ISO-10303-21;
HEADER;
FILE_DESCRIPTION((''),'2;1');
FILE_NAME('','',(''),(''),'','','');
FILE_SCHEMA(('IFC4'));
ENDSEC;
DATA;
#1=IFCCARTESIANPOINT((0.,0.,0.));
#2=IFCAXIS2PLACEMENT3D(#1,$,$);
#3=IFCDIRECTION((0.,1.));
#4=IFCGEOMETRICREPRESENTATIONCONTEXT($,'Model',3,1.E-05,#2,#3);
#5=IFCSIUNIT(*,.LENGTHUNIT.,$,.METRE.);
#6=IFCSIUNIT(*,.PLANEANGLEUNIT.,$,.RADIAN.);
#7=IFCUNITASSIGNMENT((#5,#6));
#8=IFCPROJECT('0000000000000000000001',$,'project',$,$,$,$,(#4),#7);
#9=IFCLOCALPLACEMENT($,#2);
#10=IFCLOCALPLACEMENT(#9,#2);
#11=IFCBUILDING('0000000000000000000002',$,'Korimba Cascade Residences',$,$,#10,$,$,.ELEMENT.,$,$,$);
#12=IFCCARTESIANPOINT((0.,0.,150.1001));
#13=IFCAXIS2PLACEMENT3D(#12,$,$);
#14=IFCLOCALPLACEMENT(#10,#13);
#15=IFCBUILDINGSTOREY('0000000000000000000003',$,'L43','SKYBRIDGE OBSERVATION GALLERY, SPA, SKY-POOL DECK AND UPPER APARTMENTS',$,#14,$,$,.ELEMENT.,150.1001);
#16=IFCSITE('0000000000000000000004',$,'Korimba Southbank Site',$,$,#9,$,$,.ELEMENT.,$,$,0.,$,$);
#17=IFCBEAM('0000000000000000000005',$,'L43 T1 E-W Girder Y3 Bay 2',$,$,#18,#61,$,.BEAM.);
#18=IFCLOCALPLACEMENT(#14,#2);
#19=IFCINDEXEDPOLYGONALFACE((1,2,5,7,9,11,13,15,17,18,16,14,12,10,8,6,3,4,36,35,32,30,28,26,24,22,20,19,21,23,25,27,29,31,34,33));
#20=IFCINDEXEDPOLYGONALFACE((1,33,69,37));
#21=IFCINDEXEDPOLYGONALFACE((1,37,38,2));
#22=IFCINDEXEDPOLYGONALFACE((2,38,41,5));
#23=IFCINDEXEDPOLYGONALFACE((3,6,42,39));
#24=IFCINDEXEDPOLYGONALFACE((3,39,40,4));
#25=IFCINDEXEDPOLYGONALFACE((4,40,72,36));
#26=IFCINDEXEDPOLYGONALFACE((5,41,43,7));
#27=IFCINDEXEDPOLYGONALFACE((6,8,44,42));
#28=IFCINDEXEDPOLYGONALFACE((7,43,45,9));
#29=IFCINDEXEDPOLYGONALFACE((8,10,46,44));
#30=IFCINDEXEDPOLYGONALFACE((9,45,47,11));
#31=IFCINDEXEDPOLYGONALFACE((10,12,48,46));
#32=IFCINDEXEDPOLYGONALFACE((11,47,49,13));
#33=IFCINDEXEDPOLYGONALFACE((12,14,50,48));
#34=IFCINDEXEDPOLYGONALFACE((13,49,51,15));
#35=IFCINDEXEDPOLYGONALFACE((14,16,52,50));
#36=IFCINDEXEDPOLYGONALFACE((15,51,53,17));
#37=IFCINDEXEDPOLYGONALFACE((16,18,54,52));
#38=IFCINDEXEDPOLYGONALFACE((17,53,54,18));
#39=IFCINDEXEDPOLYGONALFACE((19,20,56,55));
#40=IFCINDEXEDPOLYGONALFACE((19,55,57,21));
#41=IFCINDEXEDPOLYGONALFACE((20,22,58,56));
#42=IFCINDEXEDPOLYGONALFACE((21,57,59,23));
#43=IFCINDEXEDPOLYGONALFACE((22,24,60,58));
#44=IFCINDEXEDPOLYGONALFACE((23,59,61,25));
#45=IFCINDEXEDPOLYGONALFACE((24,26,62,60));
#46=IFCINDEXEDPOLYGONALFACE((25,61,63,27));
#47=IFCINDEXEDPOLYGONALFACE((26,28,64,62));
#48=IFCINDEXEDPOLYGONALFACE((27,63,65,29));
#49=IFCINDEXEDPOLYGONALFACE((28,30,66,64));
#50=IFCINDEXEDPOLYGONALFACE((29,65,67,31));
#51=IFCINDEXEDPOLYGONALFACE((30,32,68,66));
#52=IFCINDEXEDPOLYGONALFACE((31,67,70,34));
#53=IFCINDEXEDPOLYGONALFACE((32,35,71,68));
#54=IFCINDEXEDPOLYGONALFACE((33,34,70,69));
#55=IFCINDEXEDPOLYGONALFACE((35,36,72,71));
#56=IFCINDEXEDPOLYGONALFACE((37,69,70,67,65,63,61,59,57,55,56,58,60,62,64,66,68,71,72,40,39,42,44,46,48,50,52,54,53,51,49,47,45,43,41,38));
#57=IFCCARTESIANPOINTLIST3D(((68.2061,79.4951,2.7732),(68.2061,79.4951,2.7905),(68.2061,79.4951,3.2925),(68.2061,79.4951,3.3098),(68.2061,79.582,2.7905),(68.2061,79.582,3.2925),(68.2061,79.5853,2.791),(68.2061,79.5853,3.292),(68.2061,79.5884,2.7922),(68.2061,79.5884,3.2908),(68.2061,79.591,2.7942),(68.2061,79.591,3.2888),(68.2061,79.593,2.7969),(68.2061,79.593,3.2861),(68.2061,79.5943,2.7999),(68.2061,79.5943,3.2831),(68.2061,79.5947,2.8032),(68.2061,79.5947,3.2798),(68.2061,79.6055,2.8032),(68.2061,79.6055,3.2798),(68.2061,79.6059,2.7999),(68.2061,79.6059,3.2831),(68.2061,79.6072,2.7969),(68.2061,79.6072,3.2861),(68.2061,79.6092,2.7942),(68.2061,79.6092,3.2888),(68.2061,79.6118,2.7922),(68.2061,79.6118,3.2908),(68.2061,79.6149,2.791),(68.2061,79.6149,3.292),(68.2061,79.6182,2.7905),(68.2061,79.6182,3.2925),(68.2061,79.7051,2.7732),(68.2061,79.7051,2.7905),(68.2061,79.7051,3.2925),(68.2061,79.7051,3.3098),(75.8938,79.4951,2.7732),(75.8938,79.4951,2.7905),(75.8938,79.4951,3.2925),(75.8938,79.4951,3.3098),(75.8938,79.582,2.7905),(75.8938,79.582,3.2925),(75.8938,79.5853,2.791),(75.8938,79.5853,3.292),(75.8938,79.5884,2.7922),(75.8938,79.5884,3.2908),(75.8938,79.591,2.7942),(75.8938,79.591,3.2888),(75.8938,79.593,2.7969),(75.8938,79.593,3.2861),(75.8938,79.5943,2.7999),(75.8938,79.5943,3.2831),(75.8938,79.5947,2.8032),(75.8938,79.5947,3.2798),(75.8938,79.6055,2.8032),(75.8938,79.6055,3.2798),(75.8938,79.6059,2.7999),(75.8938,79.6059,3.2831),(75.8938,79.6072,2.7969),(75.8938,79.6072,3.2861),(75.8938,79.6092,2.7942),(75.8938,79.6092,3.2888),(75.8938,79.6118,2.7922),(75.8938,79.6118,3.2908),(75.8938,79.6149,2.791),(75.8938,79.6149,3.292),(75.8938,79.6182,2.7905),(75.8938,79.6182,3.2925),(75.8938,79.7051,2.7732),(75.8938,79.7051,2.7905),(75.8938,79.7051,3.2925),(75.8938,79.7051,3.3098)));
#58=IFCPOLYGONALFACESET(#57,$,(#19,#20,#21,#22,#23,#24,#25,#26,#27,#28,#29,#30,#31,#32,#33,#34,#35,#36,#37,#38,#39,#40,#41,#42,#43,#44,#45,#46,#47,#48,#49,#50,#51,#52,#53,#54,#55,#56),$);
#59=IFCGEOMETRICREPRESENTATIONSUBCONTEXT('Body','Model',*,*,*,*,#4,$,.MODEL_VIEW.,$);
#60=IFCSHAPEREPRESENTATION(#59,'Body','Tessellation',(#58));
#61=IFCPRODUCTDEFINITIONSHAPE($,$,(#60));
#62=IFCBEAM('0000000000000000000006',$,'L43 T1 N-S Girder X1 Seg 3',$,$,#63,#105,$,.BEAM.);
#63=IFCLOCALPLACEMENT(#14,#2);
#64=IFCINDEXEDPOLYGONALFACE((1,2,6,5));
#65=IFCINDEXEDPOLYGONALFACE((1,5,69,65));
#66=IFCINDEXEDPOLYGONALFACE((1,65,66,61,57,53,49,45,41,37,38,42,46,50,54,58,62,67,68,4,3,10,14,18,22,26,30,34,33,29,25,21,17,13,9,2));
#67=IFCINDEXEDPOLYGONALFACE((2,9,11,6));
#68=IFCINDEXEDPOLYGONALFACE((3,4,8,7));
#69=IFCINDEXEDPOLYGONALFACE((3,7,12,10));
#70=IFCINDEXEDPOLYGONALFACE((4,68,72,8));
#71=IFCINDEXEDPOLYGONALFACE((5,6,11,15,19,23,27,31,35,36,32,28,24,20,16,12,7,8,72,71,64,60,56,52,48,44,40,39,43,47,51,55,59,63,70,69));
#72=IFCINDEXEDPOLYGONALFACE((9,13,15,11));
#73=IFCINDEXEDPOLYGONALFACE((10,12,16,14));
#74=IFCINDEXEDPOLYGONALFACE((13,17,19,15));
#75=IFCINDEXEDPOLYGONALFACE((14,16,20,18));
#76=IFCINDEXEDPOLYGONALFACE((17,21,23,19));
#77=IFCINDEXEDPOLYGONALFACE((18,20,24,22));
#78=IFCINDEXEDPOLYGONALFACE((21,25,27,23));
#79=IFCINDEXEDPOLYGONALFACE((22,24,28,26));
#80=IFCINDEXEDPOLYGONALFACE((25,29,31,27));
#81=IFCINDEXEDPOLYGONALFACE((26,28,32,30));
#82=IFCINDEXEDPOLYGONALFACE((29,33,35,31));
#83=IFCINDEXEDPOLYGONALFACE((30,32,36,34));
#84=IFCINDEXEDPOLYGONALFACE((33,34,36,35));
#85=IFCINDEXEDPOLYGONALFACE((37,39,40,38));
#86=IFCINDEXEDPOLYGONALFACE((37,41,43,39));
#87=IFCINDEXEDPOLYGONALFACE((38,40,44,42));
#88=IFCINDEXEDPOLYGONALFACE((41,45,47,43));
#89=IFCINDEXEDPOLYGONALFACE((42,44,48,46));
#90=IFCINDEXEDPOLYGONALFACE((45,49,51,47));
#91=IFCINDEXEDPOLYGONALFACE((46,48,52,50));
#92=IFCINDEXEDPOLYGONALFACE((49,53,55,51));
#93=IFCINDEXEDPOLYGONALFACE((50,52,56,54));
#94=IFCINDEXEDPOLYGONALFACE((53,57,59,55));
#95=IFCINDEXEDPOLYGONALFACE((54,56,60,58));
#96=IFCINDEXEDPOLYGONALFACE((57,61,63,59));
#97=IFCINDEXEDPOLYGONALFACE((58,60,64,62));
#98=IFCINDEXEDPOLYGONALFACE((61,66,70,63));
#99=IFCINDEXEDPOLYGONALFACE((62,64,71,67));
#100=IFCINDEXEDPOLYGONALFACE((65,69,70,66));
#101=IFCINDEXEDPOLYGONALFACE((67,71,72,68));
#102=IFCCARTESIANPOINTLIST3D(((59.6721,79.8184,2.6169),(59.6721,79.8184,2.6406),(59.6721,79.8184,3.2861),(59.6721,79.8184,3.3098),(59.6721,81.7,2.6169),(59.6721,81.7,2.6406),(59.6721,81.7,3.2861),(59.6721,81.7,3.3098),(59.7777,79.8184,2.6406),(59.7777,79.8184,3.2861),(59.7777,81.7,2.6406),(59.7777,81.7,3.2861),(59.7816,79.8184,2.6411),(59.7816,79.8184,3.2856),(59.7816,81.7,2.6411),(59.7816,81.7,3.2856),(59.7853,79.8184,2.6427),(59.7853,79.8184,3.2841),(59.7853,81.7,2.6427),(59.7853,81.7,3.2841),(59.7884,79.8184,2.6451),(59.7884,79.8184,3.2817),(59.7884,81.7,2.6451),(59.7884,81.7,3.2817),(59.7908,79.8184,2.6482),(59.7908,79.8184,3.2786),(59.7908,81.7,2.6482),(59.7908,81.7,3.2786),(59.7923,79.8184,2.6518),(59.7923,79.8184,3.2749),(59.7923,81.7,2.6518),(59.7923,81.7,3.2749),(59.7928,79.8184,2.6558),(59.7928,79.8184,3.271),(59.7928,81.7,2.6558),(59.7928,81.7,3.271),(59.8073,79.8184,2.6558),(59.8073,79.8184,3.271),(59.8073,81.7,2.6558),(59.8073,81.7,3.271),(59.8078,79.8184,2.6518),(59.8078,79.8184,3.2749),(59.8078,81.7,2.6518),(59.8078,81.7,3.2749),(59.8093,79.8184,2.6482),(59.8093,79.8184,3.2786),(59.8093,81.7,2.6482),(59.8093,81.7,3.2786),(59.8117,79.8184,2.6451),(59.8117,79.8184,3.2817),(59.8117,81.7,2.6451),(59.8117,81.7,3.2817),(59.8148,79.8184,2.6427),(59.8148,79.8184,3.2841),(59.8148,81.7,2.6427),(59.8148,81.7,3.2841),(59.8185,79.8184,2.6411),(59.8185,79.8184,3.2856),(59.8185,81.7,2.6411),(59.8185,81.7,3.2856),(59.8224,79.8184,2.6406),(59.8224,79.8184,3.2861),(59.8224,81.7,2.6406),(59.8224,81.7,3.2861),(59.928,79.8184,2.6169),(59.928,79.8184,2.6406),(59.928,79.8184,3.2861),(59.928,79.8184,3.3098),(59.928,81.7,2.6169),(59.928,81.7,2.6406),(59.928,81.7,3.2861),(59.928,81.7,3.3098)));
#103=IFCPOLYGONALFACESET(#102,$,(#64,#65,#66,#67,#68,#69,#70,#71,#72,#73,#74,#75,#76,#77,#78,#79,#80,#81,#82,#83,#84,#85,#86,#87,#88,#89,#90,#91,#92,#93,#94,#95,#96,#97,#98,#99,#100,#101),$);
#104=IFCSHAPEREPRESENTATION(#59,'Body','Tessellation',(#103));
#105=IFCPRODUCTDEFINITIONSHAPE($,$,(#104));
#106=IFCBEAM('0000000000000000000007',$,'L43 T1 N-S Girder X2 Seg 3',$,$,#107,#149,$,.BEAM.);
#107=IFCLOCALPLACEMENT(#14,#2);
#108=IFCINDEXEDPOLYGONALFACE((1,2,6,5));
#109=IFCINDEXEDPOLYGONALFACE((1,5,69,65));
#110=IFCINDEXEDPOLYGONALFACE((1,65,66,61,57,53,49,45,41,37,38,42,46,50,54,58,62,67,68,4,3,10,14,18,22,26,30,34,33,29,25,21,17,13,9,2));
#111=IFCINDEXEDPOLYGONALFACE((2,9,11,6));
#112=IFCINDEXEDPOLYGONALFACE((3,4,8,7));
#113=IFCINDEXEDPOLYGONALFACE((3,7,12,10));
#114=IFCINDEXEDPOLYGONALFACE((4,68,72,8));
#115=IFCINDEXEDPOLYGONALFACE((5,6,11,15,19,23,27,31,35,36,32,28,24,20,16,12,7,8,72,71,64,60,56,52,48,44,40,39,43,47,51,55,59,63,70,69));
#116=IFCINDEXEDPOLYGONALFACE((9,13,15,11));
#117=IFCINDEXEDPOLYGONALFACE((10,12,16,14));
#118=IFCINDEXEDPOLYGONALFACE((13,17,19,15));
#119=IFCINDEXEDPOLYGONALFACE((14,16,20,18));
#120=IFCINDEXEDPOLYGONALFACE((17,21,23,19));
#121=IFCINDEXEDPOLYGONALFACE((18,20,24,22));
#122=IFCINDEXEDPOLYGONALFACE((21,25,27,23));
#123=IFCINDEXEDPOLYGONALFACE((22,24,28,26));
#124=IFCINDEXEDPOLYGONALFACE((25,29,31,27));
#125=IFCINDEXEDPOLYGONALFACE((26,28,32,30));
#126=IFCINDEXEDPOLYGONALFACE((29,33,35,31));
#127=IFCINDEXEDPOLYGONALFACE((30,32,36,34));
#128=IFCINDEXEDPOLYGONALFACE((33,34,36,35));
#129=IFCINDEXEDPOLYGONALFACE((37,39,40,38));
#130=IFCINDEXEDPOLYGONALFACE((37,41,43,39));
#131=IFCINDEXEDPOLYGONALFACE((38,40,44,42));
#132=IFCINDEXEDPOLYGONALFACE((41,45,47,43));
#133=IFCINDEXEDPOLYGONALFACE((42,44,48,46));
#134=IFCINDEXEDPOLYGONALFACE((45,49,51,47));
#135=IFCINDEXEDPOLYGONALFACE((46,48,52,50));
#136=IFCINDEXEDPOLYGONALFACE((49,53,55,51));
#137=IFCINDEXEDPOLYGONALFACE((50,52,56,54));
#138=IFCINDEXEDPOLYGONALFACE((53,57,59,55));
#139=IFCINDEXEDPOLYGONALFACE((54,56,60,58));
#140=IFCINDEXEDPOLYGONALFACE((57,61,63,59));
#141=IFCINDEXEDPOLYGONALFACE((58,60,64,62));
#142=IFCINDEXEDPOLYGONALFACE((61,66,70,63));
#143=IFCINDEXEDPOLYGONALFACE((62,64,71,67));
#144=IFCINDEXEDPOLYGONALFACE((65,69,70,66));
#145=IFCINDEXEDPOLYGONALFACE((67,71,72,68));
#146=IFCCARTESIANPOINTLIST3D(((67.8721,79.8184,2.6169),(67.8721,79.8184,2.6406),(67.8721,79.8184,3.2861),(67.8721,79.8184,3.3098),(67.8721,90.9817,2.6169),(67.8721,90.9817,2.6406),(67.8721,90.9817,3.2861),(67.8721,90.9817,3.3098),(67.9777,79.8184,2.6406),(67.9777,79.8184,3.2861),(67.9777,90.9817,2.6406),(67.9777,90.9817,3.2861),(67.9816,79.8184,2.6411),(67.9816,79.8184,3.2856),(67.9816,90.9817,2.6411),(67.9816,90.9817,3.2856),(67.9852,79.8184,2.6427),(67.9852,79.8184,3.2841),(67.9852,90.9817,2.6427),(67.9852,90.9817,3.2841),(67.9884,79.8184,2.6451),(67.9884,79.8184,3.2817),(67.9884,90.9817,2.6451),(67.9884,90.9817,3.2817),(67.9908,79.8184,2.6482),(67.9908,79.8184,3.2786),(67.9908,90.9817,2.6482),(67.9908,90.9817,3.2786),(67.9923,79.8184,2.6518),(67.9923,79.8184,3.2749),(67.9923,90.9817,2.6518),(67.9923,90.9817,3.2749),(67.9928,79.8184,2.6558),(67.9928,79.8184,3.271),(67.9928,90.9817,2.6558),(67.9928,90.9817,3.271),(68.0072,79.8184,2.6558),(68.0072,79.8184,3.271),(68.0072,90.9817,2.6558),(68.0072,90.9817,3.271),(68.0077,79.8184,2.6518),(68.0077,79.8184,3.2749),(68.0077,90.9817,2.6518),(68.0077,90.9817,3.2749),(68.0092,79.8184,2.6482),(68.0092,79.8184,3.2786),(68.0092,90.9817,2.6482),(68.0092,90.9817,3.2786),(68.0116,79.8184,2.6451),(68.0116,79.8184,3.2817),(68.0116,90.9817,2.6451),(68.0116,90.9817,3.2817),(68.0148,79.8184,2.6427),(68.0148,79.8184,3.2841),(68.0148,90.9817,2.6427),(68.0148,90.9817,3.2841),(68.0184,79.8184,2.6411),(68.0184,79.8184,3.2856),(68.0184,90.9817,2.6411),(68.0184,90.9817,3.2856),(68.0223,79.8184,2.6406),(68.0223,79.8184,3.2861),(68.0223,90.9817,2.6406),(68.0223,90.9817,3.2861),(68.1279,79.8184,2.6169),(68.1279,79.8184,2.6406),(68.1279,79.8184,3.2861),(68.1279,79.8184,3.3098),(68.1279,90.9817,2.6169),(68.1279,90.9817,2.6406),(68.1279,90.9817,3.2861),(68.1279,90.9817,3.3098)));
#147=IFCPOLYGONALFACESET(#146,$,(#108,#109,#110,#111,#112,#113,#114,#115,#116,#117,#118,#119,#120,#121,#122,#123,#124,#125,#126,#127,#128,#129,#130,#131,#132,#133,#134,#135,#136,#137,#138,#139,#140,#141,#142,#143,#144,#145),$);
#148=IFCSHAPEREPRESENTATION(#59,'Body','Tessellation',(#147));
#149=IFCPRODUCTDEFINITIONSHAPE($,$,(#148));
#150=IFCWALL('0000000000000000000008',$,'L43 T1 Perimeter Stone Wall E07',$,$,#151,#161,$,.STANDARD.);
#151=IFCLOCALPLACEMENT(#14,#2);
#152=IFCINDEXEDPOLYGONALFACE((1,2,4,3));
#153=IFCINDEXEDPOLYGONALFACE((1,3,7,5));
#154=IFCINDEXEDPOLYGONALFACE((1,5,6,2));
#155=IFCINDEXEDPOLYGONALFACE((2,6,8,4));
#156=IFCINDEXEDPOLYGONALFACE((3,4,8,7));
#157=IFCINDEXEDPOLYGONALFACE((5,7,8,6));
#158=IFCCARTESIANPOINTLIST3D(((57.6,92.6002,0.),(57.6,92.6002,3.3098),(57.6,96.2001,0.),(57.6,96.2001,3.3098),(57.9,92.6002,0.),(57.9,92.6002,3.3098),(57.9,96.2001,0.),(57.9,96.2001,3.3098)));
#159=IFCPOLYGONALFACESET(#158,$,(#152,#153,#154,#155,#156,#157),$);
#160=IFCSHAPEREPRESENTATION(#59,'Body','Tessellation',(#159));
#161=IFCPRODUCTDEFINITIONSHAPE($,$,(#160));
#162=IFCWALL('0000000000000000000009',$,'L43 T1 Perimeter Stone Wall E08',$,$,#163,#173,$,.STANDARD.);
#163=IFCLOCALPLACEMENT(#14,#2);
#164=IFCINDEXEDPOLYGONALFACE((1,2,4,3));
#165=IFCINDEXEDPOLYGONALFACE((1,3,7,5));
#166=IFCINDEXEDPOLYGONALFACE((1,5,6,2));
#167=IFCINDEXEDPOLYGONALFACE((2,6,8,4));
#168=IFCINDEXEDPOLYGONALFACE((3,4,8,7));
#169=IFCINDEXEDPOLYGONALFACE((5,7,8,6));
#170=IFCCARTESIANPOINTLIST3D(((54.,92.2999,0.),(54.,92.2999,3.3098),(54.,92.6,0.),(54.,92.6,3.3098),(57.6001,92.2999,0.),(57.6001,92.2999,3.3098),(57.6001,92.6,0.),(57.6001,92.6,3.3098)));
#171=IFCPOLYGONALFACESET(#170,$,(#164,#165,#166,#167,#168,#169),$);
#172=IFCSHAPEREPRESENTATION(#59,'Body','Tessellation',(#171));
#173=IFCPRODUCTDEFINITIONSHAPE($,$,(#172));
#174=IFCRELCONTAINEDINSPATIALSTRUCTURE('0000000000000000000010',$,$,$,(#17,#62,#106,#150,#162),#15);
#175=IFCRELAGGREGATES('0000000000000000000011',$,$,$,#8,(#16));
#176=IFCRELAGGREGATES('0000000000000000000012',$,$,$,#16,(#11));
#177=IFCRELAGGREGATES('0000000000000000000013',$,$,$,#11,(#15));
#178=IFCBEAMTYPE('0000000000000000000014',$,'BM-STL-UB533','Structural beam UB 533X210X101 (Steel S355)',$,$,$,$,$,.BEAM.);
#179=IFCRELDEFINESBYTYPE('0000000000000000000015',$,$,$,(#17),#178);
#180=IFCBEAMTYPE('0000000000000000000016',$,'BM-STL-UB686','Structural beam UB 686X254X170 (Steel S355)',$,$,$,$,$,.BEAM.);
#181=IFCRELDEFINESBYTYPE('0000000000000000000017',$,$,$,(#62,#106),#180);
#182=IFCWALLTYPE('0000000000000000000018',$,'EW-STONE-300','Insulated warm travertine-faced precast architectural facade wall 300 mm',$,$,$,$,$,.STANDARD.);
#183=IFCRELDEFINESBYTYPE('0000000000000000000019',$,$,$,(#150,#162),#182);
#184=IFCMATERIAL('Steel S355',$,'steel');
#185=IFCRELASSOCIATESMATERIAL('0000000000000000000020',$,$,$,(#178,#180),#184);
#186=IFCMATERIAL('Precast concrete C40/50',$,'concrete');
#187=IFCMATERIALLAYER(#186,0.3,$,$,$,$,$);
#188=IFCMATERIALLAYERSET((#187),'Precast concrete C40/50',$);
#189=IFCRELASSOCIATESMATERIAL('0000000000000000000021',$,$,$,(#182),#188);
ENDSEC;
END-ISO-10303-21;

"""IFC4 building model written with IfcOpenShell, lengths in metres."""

from ifc_helpers import new_model, si_unit, direction, frame, frame_2d, origin, origin_2d, place, context, subcontext, project, spatial, rectangle, i_section, extrude, material, layer, layer_set, material_profile, profile_set, type_object, element, save


model = new_model("IFC4")

# Units and contexts
model_context = context("Model", 3, precision=1e-05, world=origin(), true_north=direction((0.0, 1.0)))
body_context = subcontext(model_context, "Body", "Model", "MODEL_VIEW")
ifc_project = project(units=[si_unit("LENGTHUNIT", "METRE"), si_unit("PLANEANGLEUNIT", "RADIAN")], contexts=[model_context])

# Site, building, storey
site_placement = place(None, origin())
site = spatial("IfcSite", under=ifc_project, at=site_placement, Name="Korimba Southbank Site", CompositionType="ELEMENT", RefElevation=0.0)
building_placement = place(site_placement, origin())
building = spatial("IfcBuilding", under=site, at=building_placement, Name="Korimba Cascade Residences", CompositionType="ELEMENT")
storey_placement = place(building_placement, frame((0.0, 0.0, 150.1001)))
storey = spatial("IfcBuildingStorey", under=building, at=storey_placement, Name="L43", Description="SKYBRIDGE OBSERVATION GALLERY, SPA, SKY-POOL DECK AND UPPER APARTMENTS", CompositionType="ELEMENT", Elevation=150.1001)

# Beams
ifc_material_1 = material(Name="Steel S355", Category="steel")
ifc_material_profile_1 = material_profile(ifc_material_1, i_section(OverallWidth=0.21, OverallDepth=0.5366, WebThickness=0.0107, FlangeThickness=0.0173, FilletRadius=0.0127, at=origin_2d()), Name="Steel S355")
ifc_profile_set_1 = profile_set([ifc_material_profile_1], Name="Steel S355")
beam_type_1 = type_object("IfcBeamType", Name="BM-STL-UB533", Description="Structural beam UB 533X210X101 (Steel S355)", PredefinedType="BEAM", material=ifc_profile_set_1)
beam_1_placement = place(storey_placement, frame((68.2061, 79.6001, 3.0415), z_axis=(1.0, 0.0, 0.0), x_axis=(0.0, 1.0, 0.0)))
element("IfcBeam", 1, at=beam_1_placement, inside=storey, type_object=beam_type_1, Name="L43 T1 E-W Girder Y3 Bay 2", PredefinedType="BEAM", context=body_context, shape_type="SweptSolid", body=[
    extrude(i_section(OverallWidth=0.21, OverallDepth=0.5366, WebThickness=0.0107, FlangeThickness=0.0173, FilletRadius=0.0127, at=origin_2d()), origin(), (0.0, 0.0, 1.0), 7.6877),
])
ifc_material_profile_2 = material_profile(ifc_material_1, i_section(OverallWidth=0.2559, OverallDepth=0.6929, WebThickness=0.0144, FlangeThickness=0.0237, FilletRadius=0.0151, at=origin_2d()), Name="Steel S355")
ifc_profile_set_2 = profile_set([ifc_material_profile_2], Name="Steel S355")
beam_type_2 = type_object("IfcBeamType", Name="BM-STL-UB686", Description="Structural beam UB 686X254X170 (Steel S355)", PredefinedType="BEAM", material=ifc_profile_set_2)
beam_2_placement = place(storey_placement, frame((59.8, 79.8184, 2.9634), z_axis=(0.0, 1.0, 0.0), x_axis=(-1.0, 0.0, 0.0)))
element("IfcBeam", 2, at=beam_2_placement, inside=storey, type_object=beam_type_2, Name="L43 T1 N-S Girder X1 Seg 3", PredefinedType="BEAM", context=body_context, shape_type="SweptSolid", body=[
    extrude(i_section(OverallWidth=0.2559, OverallDepth=0.6929, WebThickness=0.0144, FlangeThickness=0.0237, FilletRadius=0.0151, at=origin_2d()), origin(), (0.0, 0.0, 1.0), 1.8816),
])
beam_3_placement = place(storey_placement, frame((68.0, 79.8184, 2.9634), z_axis=(0.0, 1.0, 0.0), x_axis=(-1.0, 0.0, 0.0)))
element("IfcBeam", 3, at=beam_3_placement, inside=storey, type_object=beam_type_2, Name="L43 T1 N-S Girder X2 Seg 3", PredefinedType="BEAM", context=body_context, shape_type="SweptSolid", body=[
    extrude(i_section(OverallWidth=0.2559, OverallDepth=0.6929, WebThickness=0.0144, FlangeThickness=0.0237, FilletRadius=0.0151, at=origin_2d()), origin(), (0.0, 0.0, 1.0), 11.1633),
])

# Walls
ifc_material_2 = material(Name="Precast concrete C40/50", Category="concrete")
ifc_layer_1 = layer(ifc_material_2, 0.3)
ifc_layer_set_1 = layer_set([ifc_layer_1], Name="Precast concrete C40/50")
wall_type_1 = type_object("IfcWallType", Name="EW-STONE-300", Description="Insulated warm travertine-faced precast architectural facade wall 300 mm", PredefinedType="STANDARD", material=ifc_layer_set_1)
wall_1_placement = place(storey_placement, frame((57.75, 96.2, 0.0), z_axis=(0.0, 0.0, 1.0), x_axis=(0.0, -1.0, 0.0)))
element("IfcWall", 4, at=wall_1_placement, inside=storey, type_object=wall_type_1, Name="L43 T1 Perimeter Stone Wall E07", PredefinedType="STANDARD", context=body_context, shape_type="SweptSolid", body=[
    extrude(rectangle(XDim=3.5999, YDim=0.3, at=frame_2d((1.7998, 0.0))), origin(), (0.0, 0.0, 1.0), 3.3098),
])
wall_2_placement = place(storey_placement, frame((57.6001, 92.45, 0.0), z_axis=(0.0, 0.0, 1.0), x_axis=(-1.0, 0.0, 0.0)))
element("IfcWall", 5, at=wall_2_placement, inside=storey, type_object=wall_type_1, Name="L43 T1 Perimeter Stone Wall E08", PredefinedType="STANDARD", context=body_context, shape_type="SweptSolid", body=[
    extrude(rectangle(XDim=3.6001, YDim=0.3, at=frame_2d((1.8, 0.0))), origin(), (0.0, 0.0, 1.0), 3.3098),
])

save(model, "model.ifc")
